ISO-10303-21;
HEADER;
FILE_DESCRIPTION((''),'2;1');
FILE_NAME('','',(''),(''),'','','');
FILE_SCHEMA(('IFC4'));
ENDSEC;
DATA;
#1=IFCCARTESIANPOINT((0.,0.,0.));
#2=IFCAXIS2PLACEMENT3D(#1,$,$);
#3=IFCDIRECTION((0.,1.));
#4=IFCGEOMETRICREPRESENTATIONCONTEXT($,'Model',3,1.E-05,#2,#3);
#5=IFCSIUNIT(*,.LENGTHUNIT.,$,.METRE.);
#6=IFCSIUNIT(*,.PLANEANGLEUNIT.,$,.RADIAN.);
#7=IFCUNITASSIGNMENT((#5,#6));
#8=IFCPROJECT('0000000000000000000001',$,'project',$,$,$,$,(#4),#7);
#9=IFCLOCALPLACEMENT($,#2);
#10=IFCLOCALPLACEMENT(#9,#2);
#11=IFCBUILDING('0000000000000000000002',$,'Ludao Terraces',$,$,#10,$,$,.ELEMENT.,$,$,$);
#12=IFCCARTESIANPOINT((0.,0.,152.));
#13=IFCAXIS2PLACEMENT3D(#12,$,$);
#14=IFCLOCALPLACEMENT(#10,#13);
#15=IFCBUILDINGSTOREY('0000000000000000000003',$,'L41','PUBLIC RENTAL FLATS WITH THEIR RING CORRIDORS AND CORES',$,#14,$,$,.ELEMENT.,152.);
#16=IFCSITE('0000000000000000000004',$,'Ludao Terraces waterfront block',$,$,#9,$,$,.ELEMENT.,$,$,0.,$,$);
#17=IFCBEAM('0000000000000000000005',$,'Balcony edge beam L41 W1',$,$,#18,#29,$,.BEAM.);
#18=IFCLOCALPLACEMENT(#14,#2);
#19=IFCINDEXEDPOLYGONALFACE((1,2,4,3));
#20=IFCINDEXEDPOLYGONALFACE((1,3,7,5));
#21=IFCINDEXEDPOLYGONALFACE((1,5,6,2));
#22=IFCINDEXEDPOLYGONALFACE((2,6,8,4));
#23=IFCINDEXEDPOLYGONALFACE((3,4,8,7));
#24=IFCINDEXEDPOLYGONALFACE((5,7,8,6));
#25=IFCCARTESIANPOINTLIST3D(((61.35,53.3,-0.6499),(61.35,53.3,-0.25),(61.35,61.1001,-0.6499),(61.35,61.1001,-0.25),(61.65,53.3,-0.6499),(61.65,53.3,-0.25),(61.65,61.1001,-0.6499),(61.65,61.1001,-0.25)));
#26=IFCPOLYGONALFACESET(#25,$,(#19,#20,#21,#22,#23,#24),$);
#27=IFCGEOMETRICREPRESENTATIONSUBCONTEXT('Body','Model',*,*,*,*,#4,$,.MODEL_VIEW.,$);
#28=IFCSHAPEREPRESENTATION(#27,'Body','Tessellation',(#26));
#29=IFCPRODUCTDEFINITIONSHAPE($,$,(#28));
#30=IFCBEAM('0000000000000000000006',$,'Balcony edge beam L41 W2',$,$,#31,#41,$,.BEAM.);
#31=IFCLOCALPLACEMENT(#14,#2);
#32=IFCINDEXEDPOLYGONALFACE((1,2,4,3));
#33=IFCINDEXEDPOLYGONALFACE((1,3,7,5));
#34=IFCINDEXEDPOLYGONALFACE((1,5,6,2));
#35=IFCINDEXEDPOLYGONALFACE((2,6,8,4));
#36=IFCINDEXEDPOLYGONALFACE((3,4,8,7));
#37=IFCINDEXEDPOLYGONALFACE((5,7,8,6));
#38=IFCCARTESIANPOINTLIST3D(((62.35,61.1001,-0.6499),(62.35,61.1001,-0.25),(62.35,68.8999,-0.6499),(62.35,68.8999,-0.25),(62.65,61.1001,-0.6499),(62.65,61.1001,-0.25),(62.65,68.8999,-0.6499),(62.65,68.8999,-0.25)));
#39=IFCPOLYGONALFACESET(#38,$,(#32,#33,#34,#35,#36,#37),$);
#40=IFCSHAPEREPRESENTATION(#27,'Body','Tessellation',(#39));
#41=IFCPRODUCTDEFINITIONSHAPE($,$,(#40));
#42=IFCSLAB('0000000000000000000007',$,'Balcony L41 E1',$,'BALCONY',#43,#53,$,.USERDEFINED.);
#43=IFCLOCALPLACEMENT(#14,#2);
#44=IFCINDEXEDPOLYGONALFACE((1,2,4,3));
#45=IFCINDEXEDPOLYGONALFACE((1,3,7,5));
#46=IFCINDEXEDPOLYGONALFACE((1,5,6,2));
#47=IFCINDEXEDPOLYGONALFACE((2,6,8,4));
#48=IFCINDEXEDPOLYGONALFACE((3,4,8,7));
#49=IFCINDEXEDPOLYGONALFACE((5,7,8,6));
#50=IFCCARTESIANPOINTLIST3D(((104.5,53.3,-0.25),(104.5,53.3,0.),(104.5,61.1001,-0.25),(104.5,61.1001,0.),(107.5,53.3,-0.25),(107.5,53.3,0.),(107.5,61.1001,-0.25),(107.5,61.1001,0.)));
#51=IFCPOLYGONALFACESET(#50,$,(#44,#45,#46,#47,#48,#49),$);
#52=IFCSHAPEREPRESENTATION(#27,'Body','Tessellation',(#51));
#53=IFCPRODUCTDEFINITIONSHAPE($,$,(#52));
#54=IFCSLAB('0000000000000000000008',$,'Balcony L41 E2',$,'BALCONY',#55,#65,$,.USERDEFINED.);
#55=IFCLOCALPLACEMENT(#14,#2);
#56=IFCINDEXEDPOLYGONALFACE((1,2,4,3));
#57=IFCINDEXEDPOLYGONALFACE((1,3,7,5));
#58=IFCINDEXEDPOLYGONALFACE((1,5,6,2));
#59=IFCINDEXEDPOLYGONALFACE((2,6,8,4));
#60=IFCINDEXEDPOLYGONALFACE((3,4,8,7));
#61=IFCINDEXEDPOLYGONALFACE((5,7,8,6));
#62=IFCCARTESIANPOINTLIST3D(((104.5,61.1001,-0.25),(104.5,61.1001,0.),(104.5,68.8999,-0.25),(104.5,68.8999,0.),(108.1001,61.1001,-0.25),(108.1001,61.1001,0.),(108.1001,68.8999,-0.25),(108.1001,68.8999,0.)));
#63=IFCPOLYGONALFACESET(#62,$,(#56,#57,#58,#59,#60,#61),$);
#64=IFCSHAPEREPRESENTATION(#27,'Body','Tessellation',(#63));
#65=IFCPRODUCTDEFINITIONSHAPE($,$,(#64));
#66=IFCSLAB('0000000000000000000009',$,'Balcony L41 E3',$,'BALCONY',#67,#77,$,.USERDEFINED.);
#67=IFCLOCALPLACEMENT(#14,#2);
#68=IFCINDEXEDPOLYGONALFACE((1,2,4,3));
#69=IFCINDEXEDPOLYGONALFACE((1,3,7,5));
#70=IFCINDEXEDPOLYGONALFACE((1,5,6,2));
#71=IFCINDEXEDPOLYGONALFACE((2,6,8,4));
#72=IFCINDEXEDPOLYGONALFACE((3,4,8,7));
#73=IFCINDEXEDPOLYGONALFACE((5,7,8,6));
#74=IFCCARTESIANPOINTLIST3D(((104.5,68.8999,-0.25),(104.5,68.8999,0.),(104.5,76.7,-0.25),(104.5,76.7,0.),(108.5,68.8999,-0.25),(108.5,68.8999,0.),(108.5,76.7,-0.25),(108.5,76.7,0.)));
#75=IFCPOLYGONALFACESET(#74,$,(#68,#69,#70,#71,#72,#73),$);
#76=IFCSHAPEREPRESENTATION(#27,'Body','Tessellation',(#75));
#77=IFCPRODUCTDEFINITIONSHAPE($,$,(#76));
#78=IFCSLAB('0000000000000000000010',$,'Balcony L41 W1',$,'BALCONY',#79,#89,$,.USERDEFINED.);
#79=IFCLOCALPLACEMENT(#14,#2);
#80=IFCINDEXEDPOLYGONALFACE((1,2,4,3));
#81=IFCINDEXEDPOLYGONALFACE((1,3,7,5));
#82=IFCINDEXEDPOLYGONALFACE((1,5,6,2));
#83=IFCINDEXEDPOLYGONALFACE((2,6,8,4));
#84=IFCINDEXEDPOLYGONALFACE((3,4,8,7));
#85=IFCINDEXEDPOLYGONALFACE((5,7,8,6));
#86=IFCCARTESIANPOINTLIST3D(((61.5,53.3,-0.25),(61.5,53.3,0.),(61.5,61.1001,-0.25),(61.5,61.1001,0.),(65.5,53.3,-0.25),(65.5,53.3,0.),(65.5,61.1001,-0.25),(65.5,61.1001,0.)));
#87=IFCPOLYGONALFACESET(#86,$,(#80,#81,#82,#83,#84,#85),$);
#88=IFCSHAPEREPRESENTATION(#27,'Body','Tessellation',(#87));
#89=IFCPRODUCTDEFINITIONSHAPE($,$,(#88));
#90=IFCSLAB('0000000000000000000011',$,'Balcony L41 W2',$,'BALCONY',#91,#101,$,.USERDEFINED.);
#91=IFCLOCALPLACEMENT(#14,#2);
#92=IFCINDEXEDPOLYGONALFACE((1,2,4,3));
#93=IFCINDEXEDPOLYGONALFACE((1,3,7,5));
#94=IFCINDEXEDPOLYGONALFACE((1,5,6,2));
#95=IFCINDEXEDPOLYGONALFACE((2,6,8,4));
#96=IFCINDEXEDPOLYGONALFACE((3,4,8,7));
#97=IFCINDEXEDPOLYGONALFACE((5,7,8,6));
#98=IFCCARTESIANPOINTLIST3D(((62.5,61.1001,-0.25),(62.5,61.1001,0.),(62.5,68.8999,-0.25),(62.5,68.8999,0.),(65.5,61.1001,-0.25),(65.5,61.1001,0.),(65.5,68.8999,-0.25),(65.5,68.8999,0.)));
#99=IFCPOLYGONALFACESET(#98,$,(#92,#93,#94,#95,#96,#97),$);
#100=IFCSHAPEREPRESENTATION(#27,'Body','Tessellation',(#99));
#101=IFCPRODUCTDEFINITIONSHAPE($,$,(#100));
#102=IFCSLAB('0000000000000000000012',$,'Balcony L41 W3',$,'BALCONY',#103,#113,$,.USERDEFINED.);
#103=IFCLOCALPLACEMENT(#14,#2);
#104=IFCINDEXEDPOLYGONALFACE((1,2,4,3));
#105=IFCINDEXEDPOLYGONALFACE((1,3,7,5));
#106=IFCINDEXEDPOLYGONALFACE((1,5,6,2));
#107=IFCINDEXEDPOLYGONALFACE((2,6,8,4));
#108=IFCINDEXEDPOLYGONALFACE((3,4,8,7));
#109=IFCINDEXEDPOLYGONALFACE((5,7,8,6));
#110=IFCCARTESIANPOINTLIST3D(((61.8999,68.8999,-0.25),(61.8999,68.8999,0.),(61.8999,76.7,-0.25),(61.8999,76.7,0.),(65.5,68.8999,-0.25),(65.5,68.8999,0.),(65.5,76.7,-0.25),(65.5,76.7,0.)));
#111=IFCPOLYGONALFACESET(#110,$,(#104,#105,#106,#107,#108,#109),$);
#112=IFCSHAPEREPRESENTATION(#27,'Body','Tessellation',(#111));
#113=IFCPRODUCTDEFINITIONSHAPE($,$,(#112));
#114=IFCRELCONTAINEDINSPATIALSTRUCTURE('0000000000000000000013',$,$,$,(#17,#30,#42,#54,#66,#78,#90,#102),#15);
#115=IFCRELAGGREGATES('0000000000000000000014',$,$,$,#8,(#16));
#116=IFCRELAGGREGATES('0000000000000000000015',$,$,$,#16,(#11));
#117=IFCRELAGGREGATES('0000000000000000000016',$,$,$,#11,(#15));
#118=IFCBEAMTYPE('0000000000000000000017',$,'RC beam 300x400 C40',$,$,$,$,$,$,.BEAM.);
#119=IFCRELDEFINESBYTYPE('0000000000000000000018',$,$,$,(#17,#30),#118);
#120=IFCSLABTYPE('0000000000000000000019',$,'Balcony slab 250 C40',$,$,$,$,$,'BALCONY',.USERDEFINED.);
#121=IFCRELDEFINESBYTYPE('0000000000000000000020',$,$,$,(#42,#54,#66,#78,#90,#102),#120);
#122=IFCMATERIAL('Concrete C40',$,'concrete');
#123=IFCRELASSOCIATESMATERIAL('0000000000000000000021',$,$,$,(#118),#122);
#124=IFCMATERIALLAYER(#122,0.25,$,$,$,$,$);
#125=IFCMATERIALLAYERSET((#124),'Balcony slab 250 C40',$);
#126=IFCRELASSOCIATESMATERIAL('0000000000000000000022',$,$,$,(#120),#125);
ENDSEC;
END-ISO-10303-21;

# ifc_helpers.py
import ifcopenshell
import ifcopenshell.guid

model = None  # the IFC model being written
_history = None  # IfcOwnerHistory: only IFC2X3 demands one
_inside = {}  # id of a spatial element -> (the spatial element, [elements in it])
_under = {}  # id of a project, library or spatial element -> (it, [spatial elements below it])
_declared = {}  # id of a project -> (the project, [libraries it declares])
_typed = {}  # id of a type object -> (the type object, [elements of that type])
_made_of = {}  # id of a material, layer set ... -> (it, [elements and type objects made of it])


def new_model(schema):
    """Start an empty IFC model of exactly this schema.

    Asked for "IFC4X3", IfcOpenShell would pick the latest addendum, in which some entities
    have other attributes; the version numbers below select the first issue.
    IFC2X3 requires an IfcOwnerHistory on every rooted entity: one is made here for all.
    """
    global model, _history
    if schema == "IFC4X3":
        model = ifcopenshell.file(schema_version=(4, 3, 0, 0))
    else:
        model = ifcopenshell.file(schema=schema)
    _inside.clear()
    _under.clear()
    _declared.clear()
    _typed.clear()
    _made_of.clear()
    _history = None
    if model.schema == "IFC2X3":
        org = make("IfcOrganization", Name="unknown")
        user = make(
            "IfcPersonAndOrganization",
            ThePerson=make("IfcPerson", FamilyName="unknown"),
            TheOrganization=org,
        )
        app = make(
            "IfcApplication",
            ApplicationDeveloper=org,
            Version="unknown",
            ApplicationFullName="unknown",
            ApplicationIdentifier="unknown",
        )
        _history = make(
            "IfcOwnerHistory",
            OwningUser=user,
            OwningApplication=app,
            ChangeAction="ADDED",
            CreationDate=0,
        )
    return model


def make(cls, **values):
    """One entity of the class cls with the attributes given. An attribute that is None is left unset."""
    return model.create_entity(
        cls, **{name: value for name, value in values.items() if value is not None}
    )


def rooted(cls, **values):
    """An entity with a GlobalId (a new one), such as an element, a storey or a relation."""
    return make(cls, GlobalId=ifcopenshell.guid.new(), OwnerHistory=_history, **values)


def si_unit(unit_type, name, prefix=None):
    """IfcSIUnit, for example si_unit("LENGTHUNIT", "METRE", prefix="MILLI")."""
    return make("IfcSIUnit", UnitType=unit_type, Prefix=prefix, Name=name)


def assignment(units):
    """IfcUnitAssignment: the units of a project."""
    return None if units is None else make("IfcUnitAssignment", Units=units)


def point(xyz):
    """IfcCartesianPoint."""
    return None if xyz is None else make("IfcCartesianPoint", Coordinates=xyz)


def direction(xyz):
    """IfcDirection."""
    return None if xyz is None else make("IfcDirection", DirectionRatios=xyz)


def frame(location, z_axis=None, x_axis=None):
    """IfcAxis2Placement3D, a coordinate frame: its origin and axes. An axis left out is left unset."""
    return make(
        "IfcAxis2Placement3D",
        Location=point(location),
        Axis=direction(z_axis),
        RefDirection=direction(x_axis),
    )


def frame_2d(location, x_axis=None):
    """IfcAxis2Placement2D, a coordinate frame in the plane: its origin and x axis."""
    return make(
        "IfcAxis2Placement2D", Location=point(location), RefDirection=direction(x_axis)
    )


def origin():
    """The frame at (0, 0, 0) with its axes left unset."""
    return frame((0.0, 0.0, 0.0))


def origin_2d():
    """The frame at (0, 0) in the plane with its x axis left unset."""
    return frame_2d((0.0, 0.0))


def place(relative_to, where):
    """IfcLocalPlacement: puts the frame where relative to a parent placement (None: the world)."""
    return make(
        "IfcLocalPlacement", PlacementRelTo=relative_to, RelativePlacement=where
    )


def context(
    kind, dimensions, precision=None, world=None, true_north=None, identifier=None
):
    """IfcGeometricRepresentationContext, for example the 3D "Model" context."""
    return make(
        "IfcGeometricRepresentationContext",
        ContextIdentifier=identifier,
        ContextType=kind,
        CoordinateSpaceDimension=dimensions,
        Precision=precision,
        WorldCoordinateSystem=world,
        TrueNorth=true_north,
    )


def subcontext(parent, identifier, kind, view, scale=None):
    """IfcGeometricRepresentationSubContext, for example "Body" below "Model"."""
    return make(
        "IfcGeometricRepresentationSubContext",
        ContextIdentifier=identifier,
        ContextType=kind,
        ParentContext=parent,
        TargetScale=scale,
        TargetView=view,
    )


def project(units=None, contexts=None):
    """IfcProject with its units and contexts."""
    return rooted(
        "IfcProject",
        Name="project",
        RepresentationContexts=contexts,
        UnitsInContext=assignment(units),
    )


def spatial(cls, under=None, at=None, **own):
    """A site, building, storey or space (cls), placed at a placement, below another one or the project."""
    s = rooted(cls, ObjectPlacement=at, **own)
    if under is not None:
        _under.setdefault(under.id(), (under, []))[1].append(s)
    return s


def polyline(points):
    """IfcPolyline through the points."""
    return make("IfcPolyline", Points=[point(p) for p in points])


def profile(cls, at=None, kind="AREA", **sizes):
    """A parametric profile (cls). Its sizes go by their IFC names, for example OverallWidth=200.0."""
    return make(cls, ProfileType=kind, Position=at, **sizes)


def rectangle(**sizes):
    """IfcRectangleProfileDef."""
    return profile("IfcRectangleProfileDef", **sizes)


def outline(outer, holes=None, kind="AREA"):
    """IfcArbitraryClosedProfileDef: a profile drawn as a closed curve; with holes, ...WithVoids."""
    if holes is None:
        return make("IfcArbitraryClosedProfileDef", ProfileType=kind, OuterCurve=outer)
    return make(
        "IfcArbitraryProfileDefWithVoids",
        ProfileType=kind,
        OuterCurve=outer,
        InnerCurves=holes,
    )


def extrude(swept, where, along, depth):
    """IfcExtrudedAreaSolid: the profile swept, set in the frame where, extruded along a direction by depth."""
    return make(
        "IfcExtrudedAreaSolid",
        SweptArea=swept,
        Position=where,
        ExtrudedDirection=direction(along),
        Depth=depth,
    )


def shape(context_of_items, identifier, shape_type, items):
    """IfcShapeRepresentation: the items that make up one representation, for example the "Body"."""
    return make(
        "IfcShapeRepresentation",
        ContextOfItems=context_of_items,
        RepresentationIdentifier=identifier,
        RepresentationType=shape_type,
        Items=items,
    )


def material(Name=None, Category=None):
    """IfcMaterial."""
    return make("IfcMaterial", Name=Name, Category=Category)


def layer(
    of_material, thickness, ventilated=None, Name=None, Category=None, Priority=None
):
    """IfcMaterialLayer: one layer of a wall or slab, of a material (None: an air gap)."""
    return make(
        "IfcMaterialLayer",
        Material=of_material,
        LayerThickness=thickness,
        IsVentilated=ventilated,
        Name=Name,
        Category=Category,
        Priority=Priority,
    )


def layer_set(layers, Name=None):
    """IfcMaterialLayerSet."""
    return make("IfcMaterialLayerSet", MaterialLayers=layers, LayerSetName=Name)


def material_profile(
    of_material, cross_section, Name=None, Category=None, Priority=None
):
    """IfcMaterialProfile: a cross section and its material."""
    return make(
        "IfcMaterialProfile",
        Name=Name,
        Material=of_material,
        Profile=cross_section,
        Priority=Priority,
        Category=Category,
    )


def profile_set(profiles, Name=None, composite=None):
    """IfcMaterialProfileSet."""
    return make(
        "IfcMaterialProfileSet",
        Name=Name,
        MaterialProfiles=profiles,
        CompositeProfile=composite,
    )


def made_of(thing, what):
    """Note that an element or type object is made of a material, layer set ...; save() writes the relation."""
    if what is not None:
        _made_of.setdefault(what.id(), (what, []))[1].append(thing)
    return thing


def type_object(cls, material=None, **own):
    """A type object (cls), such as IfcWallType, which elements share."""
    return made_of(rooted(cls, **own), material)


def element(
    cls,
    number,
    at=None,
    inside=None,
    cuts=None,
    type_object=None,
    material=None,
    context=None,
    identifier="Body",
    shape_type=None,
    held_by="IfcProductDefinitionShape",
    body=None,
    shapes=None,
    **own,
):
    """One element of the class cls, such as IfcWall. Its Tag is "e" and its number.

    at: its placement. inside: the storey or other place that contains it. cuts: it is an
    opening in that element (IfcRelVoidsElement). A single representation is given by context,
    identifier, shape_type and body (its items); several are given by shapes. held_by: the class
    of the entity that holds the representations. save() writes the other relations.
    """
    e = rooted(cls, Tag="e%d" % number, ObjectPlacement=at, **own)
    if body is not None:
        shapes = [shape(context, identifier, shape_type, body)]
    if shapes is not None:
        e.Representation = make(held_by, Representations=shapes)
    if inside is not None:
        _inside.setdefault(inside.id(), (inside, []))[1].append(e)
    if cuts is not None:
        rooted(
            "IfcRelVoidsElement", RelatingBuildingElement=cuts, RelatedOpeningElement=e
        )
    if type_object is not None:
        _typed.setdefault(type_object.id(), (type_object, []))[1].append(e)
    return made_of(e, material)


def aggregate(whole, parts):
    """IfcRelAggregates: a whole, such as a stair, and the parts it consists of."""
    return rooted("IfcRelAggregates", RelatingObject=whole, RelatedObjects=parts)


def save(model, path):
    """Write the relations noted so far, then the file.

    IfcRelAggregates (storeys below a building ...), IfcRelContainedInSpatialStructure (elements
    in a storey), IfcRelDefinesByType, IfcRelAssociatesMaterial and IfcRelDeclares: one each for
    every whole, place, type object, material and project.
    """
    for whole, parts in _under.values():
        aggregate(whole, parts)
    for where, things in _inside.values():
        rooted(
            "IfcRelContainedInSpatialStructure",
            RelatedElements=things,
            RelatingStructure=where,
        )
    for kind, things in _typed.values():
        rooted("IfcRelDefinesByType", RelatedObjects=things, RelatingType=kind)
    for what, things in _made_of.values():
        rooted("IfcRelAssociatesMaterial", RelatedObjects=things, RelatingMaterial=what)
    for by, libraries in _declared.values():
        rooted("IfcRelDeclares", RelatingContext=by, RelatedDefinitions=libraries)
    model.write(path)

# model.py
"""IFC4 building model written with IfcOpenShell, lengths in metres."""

from ifc_helpers import new_model, si_unit, direction, frame, origin, origin_2d, place, context, subcontext, project, spatial, polyline, rectangle, outline, extrude, material, layer, layer_set, material_profile, profile_set, type_object, element, save


model = new_model("IFC4")

# Units and contexts
model_context = context("Model", 3, precision=1e-05, world=origin(), true_north=direction((0.0, 1.0)))
body_context = subcontext(model_context, "Body", "Model", "MODEL_VIEW")
ifc_project = project(units=[si_unit("LENGTHUNIT", "METRE"), si_unit("PLANEANGLEUNIT", "RADIAN")], contexts=[model_context])

# Site, building, storey
site_placement = place(None, origin())
site = spatial("IfcSite", under=ifc_project, at=site_placement, Name="Ludao Terraces waterfront block", CompositionType="ELEMENT", RefElevation=0.0)
building_placement = place(site_placement, origin())
building = spatial("IfcBuilding", under=site, at=building_placement, Name="Ludao Terraces", CompositionType="ELEMENT")
storey_placement = place(building_placement, frame((0.0, 0.0, 152.0)))
storey = spatial("IfcBuildingStorey", under=building, at=storey_placement, Name="L41", Description="PUBLIC RENTAL FLATS WITH THEIR RING CORRIDORS AND CORES", CompositionType="ELEMENT", Elevation=152.0)

# Beams
ifc_material_1 = material(Name="Concrete C40", Category="concrete")
ifc_material_profile = material_profile(ifc_material_1, rectangle(XDim=0.3, YDim=0.3999, at=origin_2d()), Name="300 X 400")
ifc_profile_set = profile_set([ifc_material_profile], Name="Concrete C40")
beam_type = type_object("IfcBeamType", Name="RC beam 300x400 C40", PredefinedType="BEAM", material=ifc_profile_set)
beam_1_placement = place(storey_placement, frame((61.5, 53.3, -0.45), z_axis=(0.0, 1.0, 0.0), x_axis=(-1.0, 0.0, 0.0)))
element("IfcBeam", 1, at=beam_1_placement, inside=storey, type_object=beam_type, Name="Balcony edge beam L41 W1", PredefinedType="BEAM", context=body_context, shape_type="SweptSolid", body=[
    extrude(rectangle(XDim=0.3, YDim=0.3999, at=origin_2d()), origin(), (0.0, 0.0, 1.0), 7.8),
])
beam_2_placement = place(storey_placement, frame((62.5, 61.1001, -0.45), z_axis=(0.0, 1.0, 0.0), x_axis=(-1.0, 0.0, 0.0)))
element("IfcBeam", 2, at=beam_2_placement, inside=storey, type_object=beam_type, Name="Balcony edge beam L41 W2", PredefinedType="BEAM", context=body_context, shape_type="SweptSolid", body=[
    extrude(rectangle(XDim=0.3, YDim=0.3999, at=origin_2d()), origin(), (0.0, 0.0, 1.0), 7.7998),
])

# Slabs
ifc_layer_1 = layer(ifc_material_1, 0.25)
ifc_layer_set_1 = layer_set([ifc_layer_1], Name="Balcony slab 250 C40")
slab_type_1 = type_object("IfcSlabType", Name="Balcony slab 250 C40", ElementType="BALCONY", PredefinedType="USERDEFINED", material=ifc_layer_set_1)
slab_1_placement = place(storey_placement, frame((0.0, 0.0, -0.25)))
element("IfcSlab", 3, at=slab_1_placement, inside=storey, type_object=slab_type_1, Name="Balcony L41 E1", ObjectType="BALCONY", PredefinedType="USERDEFINED", context=body_context, shape_type="SweptSolid", body=[
    extrude(outline(polyline([(104.5, 53.3), (107.5, 53.3), (107.5, 61.1001), (104.5, 61.1001), (104.5, 53.3)])), origin(), (0.0, 0.0, 1.0), 0.25),
])
slab_2_placement = place(storey_placement, frame((0.0, 0.0, -0.25)))
element("IfcSlab", 4, at=slab_2_placement, inside=storey, type_object=slab_type_1, Name="Balcony L41 E2", ObjectType="BALCONY", PredefinedType="USERDEFINED", context=body_context, shape_type="SweptSolid", body=[
    extrude(outline(polyline([(104.5, 61.1001), (108.1001, 61.1001), (108.1001, 68.8999), (104.5, 68.8999), (104.5, 61.1001)])), origin(), (0.0, 0.0, 1.0), 0.25),
])
slab_3_placement = place(storey_placement, frame((0.0, 0.0, -0.25)))
element("IfcSlab", 5, at=slab_3_placement, inside=storey, type_object=slab_type_1, Name="Balcony L41 E3", ObjectType="BALCONY", PredefinedType="USERDEFINED", context=body_context, shape_type="SweptSolid", body=[
    extrude(outline(polyline([(104.5, 68.8999), (108.5, 68.8999), (108.5, 76.7), (104.5, 76.7), (104.5, 68.8999)])), origin(), (0.0, 0.0, 1.0), 0.25),
])
slab_4_placement = place(storey_placement, frame((0.0, 0.0, -0.25)))
element("IfcSlab", 6, at=slab_4_placement, inside=storey, type_object=slab_type_1, Name="Balcony L41 W1", ObjectType="BALCONY", PredefinedType="USERDEFINED", context=body_context, shape_type="SweptSolid", body=[
    extrude(outline(polyline([(61.5, 53.3), (65.5, 53.3), (65.5, 61.1001), (61.5, 61.1001), (61.5, 53.3)])), origin(), (0.0, 0.0, 1.0), 0.25),
])
slab_5_placement = place(storey_placement, frame((0.0, 0.0, -0.25)))
element("IfcSlab", 7, at=slab_5_placement, inside=storey, type_object=slab_type_1, Name="Balcony L41 W2", ObjectType="BALCONY", PredefinedType="USERDEFINED", context=body_context, shape_type="SweptSolid", body=[
    extrude(outline(polyline([(62.5, 61.1001), (65.5, 61.1001), (65.5, 68.8999), (62.5, 68.8999), (62.5, 61.1001)])), origin(), (0.0, 0.0, 1.0), 0.25),
])
slab_6_placement = place(storey_placement, frame((0.0, 0.0, -0.25)))
element("IfcSlab", 8, at=slab_6_placement, inside=storey, type_object=slab_type_1, Name="Balcony L41 W3", ObjectType="BALCONY", PredefinedType="USERDEFINED", context=body_context, shape_type="SweptSolid", body=[
    extrude(outline(polyline([(61.8999, 68.8999), (65.5, 68.8999), (65.5, 76.7), (61.8999, 76.7), (61.8999, 68.8999)])), origin(), (0.0, 0.0, 1.0), 0.25),
])

save(model, "model.ifc")
